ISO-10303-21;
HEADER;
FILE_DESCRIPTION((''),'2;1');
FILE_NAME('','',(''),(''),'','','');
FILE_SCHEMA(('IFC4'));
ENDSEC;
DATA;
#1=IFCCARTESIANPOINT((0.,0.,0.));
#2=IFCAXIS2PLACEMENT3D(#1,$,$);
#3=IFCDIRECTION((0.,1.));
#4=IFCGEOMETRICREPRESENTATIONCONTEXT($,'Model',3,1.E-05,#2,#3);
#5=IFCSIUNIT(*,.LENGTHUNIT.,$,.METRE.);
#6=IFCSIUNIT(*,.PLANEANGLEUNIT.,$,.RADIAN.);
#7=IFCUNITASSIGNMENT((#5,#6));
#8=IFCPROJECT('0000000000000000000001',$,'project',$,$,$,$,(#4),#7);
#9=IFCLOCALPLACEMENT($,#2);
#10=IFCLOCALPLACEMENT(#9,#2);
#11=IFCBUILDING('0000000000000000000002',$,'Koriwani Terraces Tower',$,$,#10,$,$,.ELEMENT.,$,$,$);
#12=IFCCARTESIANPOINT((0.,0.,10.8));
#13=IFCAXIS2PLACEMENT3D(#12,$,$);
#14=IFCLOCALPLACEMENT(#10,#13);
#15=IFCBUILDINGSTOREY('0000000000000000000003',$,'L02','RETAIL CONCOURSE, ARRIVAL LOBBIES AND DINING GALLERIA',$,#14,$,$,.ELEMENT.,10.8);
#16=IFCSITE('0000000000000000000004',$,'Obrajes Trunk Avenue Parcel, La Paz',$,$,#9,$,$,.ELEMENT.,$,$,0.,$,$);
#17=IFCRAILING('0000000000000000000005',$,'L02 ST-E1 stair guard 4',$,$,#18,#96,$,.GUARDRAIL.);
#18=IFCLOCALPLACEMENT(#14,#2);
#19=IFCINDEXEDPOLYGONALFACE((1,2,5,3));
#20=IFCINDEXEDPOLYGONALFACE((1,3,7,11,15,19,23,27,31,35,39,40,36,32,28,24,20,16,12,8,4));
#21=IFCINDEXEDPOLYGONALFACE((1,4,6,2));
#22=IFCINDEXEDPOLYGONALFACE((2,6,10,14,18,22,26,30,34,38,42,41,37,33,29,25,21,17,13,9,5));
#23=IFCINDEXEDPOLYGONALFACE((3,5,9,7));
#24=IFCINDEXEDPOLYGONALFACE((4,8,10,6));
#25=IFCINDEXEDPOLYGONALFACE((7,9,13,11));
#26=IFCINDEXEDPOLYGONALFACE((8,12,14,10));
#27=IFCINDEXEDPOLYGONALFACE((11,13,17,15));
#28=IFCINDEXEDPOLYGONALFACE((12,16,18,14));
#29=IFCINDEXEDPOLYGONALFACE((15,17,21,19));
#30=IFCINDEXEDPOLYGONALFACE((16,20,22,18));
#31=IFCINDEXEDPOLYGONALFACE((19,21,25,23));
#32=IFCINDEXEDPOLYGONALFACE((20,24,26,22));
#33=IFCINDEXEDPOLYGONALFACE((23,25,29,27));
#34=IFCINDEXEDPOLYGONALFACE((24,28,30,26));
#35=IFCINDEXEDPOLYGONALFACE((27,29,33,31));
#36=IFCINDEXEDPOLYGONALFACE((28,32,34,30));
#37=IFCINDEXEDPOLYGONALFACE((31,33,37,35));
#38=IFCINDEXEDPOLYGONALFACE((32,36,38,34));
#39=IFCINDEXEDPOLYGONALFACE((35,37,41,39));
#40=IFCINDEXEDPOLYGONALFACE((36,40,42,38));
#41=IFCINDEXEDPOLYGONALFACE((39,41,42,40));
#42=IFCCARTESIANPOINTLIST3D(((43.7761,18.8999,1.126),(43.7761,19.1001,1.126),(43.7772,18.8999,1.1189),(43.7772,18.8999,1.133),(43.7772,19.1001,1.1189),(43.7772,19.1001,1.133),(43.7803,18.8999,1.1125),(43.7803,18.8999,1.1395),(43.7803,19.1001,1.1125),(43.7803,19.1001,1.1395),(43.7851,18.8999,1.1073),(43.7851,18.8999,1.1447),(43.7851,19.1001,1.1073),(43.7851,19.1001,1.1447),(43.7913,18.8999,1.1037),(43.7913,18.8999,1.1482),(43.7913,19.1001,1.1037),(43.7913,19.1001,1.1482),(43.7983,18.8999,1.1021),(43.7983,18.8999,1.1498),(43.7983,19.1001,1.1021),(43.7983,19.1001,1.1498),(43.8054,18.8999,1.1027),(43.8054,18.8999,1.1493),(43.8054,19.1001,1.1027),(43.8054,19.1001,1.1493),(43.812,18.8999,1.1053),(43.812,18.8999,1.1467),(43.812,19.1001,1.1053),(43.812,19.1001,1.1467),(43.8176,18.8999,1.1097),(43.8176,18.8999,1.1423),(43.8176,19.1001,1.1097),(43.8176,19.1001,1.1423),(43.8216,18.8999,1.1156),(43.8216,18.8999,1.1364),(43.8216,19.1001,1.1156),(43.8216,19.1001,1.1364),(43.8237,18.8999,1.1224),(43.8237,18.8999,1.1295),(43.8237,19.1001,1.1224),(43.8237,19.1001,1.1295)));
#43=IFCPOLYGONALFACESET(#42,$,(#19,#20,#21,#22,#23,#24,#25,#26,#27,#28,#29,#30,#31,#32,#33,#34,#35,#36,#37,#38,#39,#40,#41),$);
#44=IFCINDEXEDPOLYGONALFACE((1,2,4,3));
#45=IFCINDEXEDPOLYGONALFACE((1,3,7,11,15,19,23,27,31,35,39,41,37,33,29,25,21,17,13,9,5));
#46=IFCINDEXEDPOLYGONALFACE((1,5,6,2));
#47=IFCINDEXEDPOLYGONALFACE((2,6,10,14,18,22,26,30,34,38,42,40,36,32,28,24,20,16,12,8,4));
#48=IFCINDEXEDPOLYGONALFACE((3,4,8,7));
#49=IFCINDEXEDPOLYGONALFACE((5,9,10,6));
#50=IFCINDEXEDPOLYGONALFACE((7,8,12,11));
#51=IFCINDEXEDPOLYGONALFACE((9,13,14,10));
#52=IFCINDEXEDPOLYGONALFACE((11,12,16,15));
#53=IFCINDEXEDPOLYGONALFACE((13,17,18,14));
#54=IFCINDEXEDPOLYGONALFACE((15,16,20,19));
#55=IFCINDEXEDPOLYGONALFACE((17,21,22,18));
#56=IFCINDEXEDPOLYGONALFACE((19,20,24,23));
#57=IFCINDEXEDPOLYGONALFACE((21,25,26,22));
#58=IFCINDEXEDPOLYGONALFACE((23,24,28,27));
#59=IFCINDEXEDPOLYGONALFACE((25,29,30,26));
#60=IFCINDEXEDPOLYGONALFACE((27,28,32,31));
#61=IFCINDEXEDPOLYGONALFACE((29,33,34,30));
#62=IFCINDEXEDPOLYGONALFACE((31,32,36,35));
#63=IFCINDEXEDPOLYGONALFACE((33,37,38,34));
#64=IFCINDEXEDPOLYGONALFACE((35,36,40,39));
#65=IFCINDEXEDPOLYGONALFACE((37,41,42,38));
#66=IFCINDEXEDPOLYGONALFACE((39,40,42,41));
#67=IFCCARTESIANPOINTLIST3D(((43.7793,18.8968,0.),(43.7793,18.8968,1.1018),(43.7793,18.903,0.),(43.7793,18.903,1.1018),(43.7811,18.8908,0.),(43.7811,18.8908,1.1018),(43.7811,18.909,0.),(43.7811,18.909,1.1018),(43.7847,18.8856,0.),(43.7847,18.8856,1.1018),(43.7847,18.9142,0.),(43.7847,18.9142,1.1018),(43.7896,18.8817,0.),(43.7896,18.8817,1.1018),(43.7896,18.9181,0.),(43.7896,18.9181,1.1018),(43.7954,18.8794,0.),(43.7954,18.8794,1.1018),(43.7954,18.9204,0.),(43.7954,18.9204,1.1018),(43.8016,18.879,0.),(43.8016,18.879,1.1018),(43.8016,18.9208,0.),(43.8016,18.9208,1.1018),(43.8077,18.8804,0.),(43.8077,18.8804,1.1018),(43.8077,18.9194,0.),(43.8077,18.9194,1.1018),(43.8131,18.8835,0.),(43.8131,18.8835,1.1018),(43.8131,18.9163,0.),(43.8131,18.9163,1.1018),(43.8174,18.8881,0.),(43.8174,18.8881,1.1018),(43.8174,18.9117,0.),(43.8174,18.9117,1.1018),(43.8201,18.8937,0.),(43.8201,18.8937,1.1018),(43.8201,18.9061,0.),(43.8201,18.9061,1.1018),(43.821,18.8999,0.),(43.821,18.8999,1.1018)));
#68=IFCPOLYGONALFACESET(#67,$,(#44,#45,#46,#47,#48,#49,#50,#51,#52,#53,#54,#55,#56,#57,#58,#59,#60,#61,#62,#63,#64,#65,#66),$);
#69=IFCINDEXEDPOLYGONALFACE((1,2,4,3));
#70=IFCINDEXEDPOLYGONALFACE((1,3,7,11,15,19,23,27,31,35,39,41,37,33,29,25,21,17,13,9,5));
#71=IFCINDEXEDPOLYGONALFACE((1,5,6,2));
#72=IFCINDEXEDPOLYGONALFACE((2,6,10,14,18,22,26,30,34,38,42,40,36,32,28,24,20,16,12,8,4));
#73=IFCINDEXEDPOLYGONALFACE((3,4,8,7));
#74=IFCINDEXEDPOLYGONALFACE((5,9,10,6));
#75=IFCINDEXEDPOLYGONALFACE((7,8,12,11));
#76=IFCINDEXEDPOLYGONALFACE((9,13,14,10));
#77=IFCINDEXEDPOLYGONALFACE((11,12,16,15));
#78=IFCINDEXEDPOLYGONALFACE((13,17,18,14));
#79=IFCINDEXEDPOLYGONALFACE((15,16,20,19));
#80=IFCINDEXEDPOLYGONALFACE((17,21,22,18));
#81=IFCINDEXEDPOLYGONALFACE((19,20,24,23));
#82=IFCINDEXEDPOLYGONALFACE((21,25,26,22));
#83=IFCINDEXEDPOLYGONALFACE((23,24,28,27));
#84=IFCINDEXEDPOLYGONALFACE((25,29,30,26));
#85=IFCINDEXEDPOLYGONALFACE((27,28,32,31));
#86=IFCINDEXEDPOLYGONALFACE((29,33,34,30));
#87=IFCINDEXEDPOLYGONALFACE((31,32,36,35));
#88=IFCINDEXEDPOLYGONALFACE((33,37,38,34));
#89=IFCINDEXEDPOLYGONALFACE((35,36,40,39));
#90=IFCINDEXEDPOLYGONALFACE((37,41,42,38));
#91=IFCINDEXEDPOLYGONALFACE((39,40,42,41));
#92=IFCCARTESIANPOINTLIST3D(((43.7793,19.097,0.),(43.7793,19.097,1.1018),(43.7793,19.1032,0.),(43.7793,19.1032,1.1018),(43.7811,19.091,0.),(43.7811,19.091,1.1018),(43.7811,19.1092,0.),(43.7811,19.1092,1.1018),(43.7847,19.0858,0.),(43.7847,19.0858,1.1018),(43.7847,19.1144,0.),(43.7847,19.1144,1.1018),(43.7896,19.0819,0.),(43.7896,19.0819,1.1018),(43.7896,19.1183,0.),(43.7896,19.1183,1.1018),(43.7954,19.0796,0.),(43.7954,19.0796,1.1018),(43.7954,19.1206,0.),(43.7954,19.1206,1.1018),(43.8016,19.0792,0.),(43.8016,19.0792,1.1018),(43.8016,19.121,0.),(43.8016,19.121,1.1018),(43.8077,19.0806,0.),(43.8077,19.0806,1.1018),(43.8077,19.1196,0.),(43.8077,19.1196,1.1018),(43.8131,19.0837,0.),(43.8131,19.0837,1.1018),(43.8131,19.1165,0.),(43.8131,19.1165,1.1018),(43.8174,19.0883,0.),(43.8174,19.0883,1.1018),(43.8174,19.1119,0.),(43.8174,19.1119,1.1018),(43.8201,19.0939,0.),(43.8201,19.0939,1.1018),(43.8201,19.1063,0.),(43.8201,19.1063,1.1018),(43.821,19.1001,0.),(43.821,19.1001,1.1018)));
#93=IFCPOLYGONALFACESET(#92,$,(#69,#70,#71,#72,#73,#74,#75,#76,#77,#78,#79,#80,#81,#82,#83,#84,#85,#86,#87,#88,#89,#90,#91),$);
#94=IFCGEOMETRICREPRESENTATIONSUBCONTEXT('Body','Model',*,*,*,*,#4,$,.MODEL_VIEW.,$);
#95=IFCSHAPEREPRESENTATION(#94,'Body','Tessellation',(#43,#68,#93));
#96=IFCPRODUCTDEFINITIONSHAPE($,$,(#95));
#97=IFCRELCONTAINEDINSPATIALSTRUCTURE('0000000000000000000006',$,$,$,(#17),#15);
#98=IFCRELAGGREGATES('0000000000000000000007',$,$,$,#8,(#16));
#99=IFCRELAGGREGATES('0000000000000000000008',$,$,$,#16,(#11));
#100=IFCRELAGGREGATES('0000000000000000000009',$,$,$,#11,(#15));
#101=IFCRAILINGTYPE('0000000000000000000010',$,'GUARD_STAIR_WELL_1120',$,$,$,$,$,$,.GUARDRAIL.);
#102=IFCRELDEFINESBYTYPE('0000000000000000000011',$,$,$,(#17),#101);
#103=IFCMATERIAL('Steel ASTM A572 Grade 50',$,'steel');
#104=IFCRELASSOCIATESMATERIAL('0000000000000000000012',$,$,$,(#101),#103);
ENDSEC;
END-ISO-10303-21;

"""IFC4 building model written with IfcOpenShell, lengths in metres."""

from ifc_helpers import new_model, si_unit, direction, frame, origin, origin_2d, place, context, subcontext, project, spatial, circle, extrude, material, type_object, element, save


model = new_model("IFC4")

# Units and contexts
model_context = context("Model", 3, precision=1e-05, world=origin(), true_north=direction((0.0, 1.0)))
body_context = subcontext(model_context, "Body", "Model", "MODEL_VIEW")
ifc_project = project(units=[si_unit("LENGTHUNIT", "METRE"), si_unit("PLANEANGLEUNIT", "RADIAN")], contexts=[model_context])

# Site, building, storey
site_placement = place(None, origin())
site = spatial("IfcSite", under=ifc_project, at=site_placement, Name="Obrajes Trunk Avenue Parcel, La Paz", CompositionType="ELEMENT", RefElevation=0.0)
building_placement = place(site_placement, origin())
building = spatial("IfcBuilding", under=site, at=building_placement, Name="Koriwani Terraces Tower", CompositionType="ELEMENT")
storey_placement = place(building_placement, frame((0.0, 0.0, 10.8)))
storey = spatial("IfcBuildingStorey", under=building, at=storey_placement, Name="L02", Description="RETAIL CONCOURSE, ARRIVAL LOBBIES AND DINING GALLERIA", CompositionType="ELEMENT", Elevation=10.8)

# Shared definitions
ifc_material_1 = material(Name="Steel ASTM A572 Grade 50", Category="steel")

# Railing
railing_type_1 = type_object("IfcRailingType", Name="GUARD_STAIR_WELL_1120", PredefinedType="GUARDRAIL", material=ifc_material_1)
railing_1_placement = place(storey_placement, frame((43.8, 18.8999, 0.0)))
element("IfcRailing", 1, at=railing_1_placement, inside=storey, type_object=railing_type_1, Name="L02 ST-E1 stair guard 4", PredefinedType="GUARDRAIL", context=body_context, shape_type="SweptSolid", body=[
    extrude(circle(Radius=0.0239, at=origin_2d()), frame((0.0, 0.0, 1.126), z_axis=(0.0, 1.0, 0.0), x_axis=(-1.0, 0.0, 0.0)), (0.0, 0.0, 1.0), 0.2002),
    extrude(circle(Radius=0.021, at=origin_2d()), origin(), (0.0, 0.0, 1.0), 1.1018),
    extrude(circle(Radius=0.021, at=origin_2d()), frame((0.0, 0.2002, 0.0)), (0.0, 0.0, 1.0), 1.1018),
])

save(model, "model.ifc")
